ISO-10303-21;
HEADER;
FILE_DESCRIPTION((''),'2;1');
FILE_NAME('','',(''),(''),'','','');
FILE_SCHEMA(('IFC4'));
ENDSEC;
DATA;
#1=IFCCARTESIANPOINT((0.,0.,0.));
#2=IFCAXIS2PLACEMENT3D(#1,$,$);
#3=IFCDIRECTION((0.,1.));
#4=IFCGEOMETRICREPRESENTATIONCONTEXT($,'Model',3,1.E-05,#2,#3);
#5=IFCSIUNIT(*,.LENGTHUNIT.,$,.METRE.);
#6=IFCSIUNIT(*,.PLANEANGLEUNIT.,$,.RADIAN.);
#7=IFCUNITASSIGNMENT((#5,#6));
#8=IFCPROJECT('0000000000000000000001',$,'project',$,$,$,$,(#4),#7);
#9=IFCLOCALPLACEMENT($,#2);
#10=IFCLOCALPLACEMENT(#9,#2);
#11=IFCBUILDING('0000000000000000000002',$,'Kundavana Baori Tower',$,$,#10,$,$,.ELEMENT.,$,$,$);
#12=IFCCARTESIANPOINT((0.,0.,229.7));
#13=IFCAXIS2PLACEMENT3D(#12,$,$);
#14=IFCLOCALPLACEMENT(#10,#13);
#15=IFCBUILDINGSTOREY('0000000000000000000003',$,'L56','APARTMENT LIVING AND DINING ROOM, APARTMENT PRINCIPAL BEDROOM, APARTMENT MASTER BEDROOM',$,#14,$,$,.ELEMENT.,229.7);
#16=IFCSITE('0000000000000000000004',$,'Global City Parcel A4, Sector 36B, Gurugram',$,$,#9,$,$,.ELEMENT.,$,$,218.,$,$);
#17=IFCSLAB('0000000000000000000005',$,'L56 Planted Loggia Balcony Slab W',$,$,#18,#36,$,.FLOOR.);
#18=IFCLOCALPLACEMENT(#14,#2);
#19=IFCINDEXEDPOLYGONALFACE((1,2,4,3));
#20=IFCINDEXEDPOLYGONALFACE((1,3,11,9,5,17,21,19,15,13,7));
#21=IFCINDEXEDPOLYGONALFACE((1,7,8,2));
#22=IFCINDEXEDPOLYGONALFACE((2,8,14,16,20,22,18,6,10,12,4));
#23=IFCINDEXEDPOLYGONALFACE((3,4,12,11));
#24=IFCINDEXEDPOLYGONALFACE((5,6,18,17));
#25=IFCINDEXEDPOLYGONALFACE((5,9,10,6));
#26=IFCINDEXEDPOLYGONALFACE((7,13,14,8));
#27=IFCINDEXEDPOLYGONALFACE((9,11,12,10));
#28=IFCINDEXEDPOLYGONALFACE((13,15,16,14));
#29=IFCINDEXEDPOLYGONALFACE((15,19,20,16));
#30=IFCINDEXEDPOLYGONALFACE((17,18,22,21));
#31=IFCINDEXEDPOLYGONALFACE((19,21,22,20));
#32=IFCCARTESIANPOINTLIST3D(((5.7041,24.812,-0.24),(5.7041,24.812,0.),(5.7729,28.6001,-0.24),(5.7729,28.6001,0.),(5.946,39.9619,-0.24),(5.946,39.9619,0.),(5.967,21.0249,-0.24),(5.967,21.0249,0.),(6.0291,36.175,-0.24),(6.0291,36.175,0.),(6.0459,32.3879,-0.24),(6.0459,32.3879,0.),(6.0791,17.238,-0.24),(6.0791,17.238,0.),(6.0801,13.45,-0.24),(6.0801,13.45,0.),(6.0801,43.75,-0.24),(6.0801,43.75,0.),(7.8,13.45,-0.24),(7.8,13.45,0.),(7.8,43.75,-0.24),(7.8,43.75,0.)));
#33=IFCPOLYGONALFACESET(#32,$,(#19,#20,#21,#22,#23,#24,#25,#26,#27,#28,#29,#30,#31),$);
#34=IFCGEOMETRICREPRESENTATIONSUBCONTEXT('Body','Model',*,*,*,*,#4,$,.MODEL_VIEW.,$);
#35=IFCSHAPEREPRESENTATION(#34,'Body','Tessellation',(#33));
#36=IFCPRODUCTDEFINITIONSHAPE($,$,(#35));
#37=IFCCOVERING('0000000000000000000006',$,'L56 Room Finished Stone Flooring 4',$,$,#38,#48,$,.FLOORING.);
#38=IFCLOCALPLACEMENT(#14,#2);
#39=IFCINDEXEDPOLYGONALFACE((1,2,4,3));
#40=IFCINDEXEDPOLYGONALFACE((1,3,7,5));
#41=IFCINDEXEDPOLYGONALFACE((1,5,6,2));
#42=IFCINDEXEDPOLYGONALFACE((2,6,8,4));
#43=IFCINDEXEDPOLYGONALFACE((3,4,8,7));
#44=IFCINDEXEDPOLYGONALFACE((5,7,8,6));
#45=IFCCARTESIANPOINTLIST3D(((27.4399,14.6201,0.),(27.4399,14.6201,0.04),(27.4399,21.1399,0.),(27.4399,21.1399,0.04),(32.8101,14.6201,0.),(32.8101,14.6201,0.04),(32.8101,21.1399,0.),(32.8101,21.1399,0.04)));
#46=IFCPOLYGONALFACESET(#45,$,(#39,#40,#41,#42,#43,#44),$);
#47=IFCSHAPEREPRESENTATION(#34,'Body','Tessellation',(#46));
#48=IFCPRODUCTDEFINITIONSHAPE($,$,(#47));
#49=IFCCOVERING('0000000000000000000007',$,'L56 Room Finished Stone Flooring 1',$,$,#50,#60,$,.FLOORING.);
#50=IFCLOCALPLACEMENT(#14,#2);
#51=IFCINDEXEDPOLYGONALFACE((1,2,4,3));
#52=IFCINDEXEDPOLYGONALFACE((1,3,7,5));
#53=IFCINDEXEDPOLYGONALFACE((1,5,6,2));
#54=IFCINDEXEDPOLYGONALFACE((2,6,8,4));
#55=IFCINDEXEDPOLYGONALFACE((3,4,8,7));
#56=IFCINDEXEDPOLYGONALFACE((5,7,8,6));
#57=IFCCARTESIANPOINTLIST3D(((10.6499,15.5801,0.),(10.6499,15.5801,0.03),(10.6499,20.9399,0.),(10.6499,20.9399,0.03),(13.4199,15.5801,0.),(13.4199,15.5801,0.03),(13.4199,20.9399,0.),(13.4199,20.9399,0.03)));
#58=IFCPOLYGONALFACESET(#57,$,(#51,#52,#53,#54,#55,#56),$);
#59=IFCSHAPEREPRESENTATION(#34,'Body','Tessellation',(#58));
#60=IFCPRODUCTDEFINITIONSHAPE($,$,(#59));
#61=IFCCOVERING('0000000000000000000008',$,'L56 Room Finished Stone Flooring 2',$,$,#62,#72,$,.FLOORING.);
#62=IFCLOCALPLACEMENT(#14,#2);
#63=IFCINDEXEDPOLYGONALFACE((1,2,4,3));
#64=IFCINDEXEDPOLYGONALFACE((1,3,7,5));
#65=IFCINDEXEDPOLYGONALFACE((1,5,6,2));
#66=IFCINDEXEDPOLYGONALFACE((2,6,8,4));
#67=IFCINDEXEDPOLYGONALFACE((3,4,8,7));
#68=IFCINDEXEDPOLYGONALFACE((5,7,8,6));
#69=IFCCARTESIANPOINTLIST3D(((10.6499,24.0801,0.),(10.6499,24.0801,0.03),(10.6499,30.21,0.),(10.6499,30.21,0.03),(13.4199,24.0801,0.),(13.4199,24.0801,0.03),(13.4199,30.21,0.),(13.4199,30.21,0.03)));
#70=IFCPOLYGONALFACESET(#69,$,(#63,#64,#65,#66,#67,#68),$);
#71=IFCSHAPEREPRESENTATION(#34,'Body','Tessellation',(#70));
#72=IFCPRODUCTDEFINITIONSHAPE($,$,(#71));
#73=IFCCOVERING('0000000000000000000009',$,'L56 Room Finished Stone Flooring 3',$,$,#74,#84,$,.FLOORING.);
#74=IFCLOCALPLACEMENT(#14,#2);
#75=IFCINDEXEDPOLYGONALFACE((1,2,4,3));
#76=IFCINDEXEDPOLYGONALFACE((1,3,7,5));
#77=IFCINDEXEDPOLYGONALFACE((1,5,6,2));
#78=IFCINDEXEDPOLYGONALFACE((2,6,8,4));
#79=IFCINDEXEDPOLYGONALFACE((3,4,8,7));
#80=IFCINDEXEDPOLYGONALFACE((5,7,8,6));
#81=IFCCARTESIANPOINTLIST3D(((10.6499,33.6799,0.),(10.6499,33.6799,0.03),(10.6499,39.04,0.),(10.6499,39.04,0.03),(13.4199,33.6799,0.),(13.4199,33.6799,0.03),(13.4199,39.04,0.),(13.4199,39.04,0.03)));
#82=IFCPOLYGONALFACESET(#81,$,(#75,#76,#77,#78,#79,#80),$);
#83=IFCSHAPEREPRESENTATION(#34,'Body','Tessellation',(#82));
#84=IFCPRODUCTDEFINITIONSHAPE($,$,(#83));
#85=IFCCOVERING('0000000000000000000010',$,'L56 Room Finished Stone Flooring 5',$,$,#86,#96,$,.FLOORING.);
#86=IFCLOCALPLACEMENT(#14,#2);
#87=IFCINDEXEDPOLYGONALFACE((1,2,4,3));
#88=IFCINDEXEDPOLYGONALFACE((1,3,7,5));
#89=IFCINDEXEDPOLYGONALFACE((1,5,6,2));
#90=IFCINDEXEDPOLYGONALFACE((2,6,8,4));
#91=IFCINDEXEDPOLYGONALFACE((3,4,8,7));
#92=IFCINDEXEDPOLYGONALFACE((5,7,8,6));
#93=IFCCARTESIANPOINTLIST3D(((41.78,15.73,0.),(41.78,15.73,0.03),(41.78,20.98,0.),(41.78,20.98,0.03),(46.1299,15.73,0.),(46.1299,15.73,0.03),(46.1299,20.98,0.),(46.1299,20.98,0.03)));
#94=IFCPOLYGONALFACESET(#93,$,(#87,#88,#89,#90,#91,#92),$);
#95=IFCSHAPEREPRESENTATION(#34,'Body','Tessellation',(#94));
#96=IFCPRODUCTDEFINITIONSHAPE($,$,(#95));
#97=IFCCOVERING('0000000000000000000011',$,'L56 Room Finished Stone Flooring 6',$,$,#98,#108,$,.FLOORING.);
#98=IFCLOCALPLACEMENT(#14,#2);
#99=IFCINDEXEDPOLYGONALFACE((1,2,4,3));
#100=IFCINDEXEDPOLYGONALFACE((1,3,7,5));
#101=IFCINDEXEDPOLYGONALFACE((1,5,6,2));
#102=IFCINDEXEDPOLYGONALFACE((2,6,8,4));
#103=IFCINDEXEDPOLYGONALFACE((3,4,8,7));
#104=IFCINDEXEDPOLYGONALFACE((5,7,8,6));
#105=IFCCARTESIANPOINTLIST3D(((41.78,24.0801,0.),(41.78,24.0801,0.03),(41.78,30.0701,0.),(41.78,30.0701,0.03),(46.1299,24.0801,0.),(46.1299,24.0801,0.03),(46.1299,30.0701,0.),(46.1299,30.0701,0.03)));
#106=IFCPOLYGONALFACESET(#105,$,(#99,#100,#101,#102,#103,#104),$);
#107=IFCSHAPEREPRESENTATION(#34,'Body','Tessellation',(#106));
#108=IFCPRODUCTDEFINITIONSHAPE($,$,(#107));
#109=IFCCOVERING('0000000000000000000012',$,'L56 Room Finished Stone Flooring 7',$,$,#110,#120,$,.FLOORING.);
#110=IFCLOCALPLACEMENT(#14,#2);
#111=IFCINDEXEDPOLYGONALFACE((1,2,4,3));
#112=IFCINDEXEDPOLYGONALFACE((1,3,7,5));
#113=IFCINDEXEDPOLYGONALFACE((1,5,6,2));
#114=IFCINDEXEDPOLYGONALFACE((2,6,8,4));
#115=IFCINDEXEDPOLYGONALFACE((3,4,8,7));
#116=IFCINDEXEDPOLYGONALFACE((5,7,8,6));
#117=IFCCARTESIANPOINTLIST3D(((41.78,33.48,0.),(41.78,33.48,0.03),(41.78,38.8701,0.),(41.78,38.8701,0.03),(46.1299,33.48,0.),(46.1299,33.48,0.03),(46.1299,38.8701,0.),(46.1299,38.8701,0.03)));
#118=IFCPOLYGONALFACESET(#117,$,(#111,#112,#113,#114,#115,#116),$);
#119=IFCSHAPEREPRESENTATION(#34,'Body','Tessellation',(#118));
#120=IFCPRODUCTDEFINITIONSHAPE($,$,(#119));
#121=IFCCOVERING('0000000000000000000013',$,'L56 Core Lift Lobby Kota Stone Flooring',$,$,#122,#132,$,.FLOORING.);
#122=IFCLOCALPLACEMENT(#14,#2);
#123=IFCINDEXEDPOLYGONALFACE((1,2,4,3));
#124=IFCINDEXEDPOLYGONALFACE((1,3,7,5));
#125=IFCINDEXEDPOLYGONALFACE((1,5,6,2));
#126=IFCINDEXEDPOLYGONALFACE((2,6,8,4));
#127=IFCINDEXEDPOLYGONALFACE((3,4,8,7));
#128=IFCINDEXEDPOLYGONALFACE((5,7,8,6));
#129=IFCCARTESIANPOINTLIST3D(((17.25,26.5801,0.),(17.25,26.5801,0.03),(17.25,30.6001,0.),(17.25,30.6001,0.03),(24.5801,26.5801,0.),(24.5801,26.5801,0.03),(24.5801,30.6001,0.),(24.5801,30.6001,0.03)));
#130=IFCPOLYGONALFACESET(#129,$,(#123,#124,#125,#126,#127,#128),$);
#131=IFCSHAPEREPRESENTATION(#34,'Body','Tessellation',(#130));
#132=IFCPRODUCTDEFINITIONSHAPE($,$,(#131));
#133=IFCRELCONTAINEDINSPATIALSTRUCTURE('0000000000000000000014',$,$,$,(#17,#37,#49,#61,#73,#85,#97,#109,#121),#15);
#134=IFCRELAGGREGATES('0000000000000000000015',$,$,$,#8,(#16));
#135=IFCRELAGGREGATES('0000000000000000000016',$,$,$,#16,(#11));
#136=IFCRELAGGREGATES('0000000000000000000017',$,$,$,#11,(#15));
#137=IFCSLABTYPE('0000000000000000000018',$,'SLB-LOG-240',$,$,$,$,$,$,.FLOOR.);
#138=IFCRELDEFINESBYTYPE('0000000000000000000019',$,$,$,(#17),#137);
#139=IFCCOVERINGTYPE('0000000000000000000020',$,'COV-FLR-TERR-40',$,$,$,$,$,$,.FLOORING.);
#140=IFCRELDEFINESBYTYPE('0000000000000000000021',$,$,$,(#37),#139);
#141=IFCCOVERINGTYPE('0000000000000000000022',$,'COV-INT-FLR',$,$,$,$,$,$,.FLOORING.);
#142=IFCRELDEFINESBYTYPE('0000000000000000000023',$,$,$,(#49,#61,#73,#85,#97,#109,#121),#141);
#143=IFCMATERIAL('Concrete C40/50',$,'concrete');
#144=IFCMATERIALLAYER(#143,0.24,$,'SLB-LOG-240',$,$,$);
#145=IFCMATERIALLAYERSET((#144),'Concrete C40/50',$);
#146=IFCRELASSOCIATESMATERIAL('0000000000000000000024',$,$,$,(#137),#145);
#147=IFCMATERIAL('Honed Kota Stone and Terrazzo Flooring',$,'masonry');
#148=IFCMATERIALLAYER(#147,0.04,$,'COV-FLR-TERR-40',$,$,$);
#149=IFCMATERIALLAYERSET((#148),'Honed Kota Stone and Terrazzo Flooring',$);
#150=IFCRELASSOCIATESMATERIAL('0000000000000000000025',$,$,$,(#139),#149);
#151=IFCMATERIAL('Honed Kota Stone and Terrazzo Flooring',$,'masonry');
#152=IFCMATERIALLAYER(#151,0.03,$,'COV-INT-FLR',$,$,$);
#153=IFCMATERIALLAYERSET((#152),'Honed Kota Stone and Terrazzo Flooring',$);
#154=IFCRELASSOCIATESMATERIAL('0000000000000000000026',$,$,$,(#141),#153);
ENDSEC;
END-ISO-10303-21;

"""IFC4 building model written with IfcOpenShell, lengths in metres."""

from ifc_helpers import new_model, si_unit, direction, frame, origin, place, context, subcontext, project, spatial, polyline, outline, extrude, material, layer, layer_set, type_object, element, save


model = new_model("IFC4")

# Units and contexts
model_context = context("Model", 3, precision=1e-05, world=origin(), true_north=direction((0.0, 1.0)))
body_context = subcontext(model_context, "Body", "Model", "MODEL_VIEW")
ifc_project = project(units=[si_unit("LENGTHUNIT", "METRE"), si_unit("PLANEANGLEUNIT", "RADIAN")], contexts=[model_context])

# Site, building, storey
site_placement = place(None, origin())
site = spatial("IfcSite", under=ifc_project, at=site_placement, Name="Global City Parcel A4, Sector 36B, Gurugram", CompositionType="ELEMENT", RefElevation=218.0)
building_placement = place(site_placement, origin())
building = spatial("IfcBuilding", under=site, at=building_placement, Name="Kundavana Baori Tower", CompositionType="ELEMENT")
storey_placement = place(building_placement, frame((0.0, 0.0, 229.7)))
storey = spatial("IfcBuildingStorey", under=building, at=storey_placement, Name="L56", Description="APARTMENT LIVING AND DINING ROOM, APARTMENT PRINCIPAL BEDROOM, APARTMENT MASTER BEDROOM", CompositionType="ELEMENT", Elevation=229.7)

# Slab
ifc_material_1 = material(Name="Concrete C40/50", Category="concrete")
ifc_layer_1 = layer(ifc_material_1, 0.24, Name="SLB-LOG-240")
ifc_layer_set_1 = layer_set([ifc_layer_1], Name="Concrete C40/50")
slab_type_1 = type_object("IfcSlabType", Name="SLB-LOG-240", PredefinedType="FLOOR", material=ifc_layer_set_1)
slab_1_placement = place(storey_placement, frame((0.0, 0.0, -0.24)))
element("IfcSlab", 1, at=slab_1_placement, inside=storey, type_object=slab_type_1, Name="L56 Planted Loggia Balcony Slab W", PredefinedType="FLOOR", context=body_context, shape_type="SweptSolid", body=[
    extrude(outline(polyline([(7.8, 43.75), (7.8, 13.45), (6.0801, 13.45), (6.0791, 17.238), (5.967, 21.0249), (5.7041, 24.812), (5.7729, 28.6001), (6.0459, 32.3879), (6.0291, 36.175), (5.946, 39.9619), (6.0801, 43.75), (7.8, 43.75)])), origin(), (0.0, 0.0, 1.0), 0.24),
])

# Coverings
ifc_material_2 = material(Name="Honed Kota Stone and Terrazzo Flooring", Category="masonry")
ifc_layer_2 = layer(ifc_material_2, 0.04, Name="COV-FLR-TERR-40")
ifc_layer_set_2 = layer_set([ifc_layer_2], Name="Honed Kota Stone and Terrazzo Flooring")
covering_type_1 = type_object("IfcCoveringType", Name="COV-FLR-TERR-40", PredefinedType="FLOORING", material=ifc_layer_set_2)
covering_1_placement = place(storey_placement, origin())
element("IfcCovering", 2, at=covering_1_placement, inside=storey, type_object=covering_type_1, Name="L56 Room Finished Stone Flooring 4", PredefinedType="FLOORING", context=body_context, shape_type="SweptSolid", body=[
    extrude(outline(polyline([(27.4399, 14.6201), (32.8101, 14.6201), (32.8101, 21.1399), (27.4399, 21.1399), (27.4399, 14.6201)])), origin(), (0.0, 0.0, 1.0), 0.04),
])
ifc_material_3 = material(Name="Honed Kota Stone and Terrazzo Flooring", Category="masonry")
ifc_layer_3 = layer(ifc_material_3, 0.03, Name="COV-INT-FLR")
ifc_layer_set_3 = layer_set([ifc_layer_3], Name="Honed Kota Stone and Terrazzo Flooring")
covering_type_2 = type_object("IfcCoveringType", Name="COV-INT-FLR", PredefinedType="FLOORING", material=ifc_layer_set_3)
covering_2_placement = place(storey_placement, origin())
element("IfcCovering", 3, at=covering_2_placement, inside=storey, type_object=covering_type_2, Name="L56 Room Finished Stone Flooring 1", PredefinedType="FLOORING", context=body_context, shape_type="SweptSolid", body=[
    extrude(outline(polyline([(10.6499, 15.5801), (13.4199, 15.5801), (13.4199, 20.9399), (10.6499, 20.9399), (10.6499, 15.5801)])), origin(), (0.0, 0.0, 1.0), 0.03),
])
covering_3_placement = place(storey_placement, origin())
element("IfcCovering", 4, at=covering_3_placement, inside=storey, type_object=covering_type_2, Name="L56 Room Finished Stone Flooring 2", PredefinedType="FLOORING", context=body_context, shape_type="SweptSolid", body=[
    extrude(outline(polyline([(10.6499, 24.0801), (13.4199, 24.0801), (13.4199, 30.21), (10.6499, 30.21), (10.6499, 24.0801)])), origin(), (0.0, 0.0, 1.0), 0.03),
])
covering_4_placement = place(storey_placement, origin())
element("IfcCovering", 5, at=covering_4_placement, inside=storey, type_object=covering_type_2, Name="L56 Room Finished Stone Flooring 3", PredefinedType="FLOORING", context=body_context, shape_type="SweptSolid", body=[
    extrude(outline(polyline([(10.6499, 33.6799), (13.4199, 33.6799), (13.4199, 39.04), (10.6499, 39.04), (10.6499, 33.6799)])), origin(), (0.0, 0.0, 1.0), 0.03),
])
covering_5_placement = place(storey_placement, origin())
element("IfcCovering", 6, at=covering_5_placement, inside=storey, type_object=covering_type_2, Name="L56 Room Finished Stone Flooring 5", PredefinedType="FLOORING", context=body_context, shape_type="SweptSolid", body=[
    extrude(outline(polyline([(41.78, 15.73), (46.1299, 15.73), (46.1299, 20.98), (41.78, 20.98), (41.78, 15.73)])), origin(), (0.0, 0.0, 1.0), 0.03),
])
covering_6_placement = place(storey_placement, origin())
element("IfcCovering", 7, at=covering_6_placement, inside=storey, type_object=covering_type_2, Name="L56 Room Finished Stone Flooring 6", PredefinedType="FLOORING", context=body_context, shape_type="SweptSolid", body=[
    extrude(outline(polyline([(41.78, 24.0801), (46.1299, 24.0801), (46.1299, 30.0701), (41.78, 30.0701), (41.78, 24.0801)])), origin(), (0.0, 0.0, 1.0), 0.03),
])
covering_7_placement = place(storey_placement, origin())
element("IfcCovering", 8, at=covering_7_placement, inside=storey, type_object=covering_type_2, Name="L56 Room Finished Stone Flooring 7", PredefinedType="FLOORING", context=body_context, shape_type="SweptSolid", body=[
    extrude(outline(polyline([(41.78, 33.48), (46.1299, 33.48), (46.1299, 38.8701), (41.78, 38.8701), (41.78, 33.48)])), origin(), (0.0, 0.0, 1.0), 0.03),
])
covering_8_placement = place(storey_placement, origin())
element("IfcCovering", 9, at=covering_8_placement, inside=storey, type_object=covering_type_2, Name="L56 Core Lift Lobby Kota Stone Flooring", PredefinedType="FLOORING", context=body_context, shape_type="SweptSolid", body=[
    extrude(outline(polyline([(17.25, 26.5801), (24.5801, 26.5801), (24.5801, 30.6001), (17.25, 30.6001), (17.25, 26.5801)])), origin(), (0.0, 0.0, 1.0), 0.03),
])

save(model, "model.ifc")
